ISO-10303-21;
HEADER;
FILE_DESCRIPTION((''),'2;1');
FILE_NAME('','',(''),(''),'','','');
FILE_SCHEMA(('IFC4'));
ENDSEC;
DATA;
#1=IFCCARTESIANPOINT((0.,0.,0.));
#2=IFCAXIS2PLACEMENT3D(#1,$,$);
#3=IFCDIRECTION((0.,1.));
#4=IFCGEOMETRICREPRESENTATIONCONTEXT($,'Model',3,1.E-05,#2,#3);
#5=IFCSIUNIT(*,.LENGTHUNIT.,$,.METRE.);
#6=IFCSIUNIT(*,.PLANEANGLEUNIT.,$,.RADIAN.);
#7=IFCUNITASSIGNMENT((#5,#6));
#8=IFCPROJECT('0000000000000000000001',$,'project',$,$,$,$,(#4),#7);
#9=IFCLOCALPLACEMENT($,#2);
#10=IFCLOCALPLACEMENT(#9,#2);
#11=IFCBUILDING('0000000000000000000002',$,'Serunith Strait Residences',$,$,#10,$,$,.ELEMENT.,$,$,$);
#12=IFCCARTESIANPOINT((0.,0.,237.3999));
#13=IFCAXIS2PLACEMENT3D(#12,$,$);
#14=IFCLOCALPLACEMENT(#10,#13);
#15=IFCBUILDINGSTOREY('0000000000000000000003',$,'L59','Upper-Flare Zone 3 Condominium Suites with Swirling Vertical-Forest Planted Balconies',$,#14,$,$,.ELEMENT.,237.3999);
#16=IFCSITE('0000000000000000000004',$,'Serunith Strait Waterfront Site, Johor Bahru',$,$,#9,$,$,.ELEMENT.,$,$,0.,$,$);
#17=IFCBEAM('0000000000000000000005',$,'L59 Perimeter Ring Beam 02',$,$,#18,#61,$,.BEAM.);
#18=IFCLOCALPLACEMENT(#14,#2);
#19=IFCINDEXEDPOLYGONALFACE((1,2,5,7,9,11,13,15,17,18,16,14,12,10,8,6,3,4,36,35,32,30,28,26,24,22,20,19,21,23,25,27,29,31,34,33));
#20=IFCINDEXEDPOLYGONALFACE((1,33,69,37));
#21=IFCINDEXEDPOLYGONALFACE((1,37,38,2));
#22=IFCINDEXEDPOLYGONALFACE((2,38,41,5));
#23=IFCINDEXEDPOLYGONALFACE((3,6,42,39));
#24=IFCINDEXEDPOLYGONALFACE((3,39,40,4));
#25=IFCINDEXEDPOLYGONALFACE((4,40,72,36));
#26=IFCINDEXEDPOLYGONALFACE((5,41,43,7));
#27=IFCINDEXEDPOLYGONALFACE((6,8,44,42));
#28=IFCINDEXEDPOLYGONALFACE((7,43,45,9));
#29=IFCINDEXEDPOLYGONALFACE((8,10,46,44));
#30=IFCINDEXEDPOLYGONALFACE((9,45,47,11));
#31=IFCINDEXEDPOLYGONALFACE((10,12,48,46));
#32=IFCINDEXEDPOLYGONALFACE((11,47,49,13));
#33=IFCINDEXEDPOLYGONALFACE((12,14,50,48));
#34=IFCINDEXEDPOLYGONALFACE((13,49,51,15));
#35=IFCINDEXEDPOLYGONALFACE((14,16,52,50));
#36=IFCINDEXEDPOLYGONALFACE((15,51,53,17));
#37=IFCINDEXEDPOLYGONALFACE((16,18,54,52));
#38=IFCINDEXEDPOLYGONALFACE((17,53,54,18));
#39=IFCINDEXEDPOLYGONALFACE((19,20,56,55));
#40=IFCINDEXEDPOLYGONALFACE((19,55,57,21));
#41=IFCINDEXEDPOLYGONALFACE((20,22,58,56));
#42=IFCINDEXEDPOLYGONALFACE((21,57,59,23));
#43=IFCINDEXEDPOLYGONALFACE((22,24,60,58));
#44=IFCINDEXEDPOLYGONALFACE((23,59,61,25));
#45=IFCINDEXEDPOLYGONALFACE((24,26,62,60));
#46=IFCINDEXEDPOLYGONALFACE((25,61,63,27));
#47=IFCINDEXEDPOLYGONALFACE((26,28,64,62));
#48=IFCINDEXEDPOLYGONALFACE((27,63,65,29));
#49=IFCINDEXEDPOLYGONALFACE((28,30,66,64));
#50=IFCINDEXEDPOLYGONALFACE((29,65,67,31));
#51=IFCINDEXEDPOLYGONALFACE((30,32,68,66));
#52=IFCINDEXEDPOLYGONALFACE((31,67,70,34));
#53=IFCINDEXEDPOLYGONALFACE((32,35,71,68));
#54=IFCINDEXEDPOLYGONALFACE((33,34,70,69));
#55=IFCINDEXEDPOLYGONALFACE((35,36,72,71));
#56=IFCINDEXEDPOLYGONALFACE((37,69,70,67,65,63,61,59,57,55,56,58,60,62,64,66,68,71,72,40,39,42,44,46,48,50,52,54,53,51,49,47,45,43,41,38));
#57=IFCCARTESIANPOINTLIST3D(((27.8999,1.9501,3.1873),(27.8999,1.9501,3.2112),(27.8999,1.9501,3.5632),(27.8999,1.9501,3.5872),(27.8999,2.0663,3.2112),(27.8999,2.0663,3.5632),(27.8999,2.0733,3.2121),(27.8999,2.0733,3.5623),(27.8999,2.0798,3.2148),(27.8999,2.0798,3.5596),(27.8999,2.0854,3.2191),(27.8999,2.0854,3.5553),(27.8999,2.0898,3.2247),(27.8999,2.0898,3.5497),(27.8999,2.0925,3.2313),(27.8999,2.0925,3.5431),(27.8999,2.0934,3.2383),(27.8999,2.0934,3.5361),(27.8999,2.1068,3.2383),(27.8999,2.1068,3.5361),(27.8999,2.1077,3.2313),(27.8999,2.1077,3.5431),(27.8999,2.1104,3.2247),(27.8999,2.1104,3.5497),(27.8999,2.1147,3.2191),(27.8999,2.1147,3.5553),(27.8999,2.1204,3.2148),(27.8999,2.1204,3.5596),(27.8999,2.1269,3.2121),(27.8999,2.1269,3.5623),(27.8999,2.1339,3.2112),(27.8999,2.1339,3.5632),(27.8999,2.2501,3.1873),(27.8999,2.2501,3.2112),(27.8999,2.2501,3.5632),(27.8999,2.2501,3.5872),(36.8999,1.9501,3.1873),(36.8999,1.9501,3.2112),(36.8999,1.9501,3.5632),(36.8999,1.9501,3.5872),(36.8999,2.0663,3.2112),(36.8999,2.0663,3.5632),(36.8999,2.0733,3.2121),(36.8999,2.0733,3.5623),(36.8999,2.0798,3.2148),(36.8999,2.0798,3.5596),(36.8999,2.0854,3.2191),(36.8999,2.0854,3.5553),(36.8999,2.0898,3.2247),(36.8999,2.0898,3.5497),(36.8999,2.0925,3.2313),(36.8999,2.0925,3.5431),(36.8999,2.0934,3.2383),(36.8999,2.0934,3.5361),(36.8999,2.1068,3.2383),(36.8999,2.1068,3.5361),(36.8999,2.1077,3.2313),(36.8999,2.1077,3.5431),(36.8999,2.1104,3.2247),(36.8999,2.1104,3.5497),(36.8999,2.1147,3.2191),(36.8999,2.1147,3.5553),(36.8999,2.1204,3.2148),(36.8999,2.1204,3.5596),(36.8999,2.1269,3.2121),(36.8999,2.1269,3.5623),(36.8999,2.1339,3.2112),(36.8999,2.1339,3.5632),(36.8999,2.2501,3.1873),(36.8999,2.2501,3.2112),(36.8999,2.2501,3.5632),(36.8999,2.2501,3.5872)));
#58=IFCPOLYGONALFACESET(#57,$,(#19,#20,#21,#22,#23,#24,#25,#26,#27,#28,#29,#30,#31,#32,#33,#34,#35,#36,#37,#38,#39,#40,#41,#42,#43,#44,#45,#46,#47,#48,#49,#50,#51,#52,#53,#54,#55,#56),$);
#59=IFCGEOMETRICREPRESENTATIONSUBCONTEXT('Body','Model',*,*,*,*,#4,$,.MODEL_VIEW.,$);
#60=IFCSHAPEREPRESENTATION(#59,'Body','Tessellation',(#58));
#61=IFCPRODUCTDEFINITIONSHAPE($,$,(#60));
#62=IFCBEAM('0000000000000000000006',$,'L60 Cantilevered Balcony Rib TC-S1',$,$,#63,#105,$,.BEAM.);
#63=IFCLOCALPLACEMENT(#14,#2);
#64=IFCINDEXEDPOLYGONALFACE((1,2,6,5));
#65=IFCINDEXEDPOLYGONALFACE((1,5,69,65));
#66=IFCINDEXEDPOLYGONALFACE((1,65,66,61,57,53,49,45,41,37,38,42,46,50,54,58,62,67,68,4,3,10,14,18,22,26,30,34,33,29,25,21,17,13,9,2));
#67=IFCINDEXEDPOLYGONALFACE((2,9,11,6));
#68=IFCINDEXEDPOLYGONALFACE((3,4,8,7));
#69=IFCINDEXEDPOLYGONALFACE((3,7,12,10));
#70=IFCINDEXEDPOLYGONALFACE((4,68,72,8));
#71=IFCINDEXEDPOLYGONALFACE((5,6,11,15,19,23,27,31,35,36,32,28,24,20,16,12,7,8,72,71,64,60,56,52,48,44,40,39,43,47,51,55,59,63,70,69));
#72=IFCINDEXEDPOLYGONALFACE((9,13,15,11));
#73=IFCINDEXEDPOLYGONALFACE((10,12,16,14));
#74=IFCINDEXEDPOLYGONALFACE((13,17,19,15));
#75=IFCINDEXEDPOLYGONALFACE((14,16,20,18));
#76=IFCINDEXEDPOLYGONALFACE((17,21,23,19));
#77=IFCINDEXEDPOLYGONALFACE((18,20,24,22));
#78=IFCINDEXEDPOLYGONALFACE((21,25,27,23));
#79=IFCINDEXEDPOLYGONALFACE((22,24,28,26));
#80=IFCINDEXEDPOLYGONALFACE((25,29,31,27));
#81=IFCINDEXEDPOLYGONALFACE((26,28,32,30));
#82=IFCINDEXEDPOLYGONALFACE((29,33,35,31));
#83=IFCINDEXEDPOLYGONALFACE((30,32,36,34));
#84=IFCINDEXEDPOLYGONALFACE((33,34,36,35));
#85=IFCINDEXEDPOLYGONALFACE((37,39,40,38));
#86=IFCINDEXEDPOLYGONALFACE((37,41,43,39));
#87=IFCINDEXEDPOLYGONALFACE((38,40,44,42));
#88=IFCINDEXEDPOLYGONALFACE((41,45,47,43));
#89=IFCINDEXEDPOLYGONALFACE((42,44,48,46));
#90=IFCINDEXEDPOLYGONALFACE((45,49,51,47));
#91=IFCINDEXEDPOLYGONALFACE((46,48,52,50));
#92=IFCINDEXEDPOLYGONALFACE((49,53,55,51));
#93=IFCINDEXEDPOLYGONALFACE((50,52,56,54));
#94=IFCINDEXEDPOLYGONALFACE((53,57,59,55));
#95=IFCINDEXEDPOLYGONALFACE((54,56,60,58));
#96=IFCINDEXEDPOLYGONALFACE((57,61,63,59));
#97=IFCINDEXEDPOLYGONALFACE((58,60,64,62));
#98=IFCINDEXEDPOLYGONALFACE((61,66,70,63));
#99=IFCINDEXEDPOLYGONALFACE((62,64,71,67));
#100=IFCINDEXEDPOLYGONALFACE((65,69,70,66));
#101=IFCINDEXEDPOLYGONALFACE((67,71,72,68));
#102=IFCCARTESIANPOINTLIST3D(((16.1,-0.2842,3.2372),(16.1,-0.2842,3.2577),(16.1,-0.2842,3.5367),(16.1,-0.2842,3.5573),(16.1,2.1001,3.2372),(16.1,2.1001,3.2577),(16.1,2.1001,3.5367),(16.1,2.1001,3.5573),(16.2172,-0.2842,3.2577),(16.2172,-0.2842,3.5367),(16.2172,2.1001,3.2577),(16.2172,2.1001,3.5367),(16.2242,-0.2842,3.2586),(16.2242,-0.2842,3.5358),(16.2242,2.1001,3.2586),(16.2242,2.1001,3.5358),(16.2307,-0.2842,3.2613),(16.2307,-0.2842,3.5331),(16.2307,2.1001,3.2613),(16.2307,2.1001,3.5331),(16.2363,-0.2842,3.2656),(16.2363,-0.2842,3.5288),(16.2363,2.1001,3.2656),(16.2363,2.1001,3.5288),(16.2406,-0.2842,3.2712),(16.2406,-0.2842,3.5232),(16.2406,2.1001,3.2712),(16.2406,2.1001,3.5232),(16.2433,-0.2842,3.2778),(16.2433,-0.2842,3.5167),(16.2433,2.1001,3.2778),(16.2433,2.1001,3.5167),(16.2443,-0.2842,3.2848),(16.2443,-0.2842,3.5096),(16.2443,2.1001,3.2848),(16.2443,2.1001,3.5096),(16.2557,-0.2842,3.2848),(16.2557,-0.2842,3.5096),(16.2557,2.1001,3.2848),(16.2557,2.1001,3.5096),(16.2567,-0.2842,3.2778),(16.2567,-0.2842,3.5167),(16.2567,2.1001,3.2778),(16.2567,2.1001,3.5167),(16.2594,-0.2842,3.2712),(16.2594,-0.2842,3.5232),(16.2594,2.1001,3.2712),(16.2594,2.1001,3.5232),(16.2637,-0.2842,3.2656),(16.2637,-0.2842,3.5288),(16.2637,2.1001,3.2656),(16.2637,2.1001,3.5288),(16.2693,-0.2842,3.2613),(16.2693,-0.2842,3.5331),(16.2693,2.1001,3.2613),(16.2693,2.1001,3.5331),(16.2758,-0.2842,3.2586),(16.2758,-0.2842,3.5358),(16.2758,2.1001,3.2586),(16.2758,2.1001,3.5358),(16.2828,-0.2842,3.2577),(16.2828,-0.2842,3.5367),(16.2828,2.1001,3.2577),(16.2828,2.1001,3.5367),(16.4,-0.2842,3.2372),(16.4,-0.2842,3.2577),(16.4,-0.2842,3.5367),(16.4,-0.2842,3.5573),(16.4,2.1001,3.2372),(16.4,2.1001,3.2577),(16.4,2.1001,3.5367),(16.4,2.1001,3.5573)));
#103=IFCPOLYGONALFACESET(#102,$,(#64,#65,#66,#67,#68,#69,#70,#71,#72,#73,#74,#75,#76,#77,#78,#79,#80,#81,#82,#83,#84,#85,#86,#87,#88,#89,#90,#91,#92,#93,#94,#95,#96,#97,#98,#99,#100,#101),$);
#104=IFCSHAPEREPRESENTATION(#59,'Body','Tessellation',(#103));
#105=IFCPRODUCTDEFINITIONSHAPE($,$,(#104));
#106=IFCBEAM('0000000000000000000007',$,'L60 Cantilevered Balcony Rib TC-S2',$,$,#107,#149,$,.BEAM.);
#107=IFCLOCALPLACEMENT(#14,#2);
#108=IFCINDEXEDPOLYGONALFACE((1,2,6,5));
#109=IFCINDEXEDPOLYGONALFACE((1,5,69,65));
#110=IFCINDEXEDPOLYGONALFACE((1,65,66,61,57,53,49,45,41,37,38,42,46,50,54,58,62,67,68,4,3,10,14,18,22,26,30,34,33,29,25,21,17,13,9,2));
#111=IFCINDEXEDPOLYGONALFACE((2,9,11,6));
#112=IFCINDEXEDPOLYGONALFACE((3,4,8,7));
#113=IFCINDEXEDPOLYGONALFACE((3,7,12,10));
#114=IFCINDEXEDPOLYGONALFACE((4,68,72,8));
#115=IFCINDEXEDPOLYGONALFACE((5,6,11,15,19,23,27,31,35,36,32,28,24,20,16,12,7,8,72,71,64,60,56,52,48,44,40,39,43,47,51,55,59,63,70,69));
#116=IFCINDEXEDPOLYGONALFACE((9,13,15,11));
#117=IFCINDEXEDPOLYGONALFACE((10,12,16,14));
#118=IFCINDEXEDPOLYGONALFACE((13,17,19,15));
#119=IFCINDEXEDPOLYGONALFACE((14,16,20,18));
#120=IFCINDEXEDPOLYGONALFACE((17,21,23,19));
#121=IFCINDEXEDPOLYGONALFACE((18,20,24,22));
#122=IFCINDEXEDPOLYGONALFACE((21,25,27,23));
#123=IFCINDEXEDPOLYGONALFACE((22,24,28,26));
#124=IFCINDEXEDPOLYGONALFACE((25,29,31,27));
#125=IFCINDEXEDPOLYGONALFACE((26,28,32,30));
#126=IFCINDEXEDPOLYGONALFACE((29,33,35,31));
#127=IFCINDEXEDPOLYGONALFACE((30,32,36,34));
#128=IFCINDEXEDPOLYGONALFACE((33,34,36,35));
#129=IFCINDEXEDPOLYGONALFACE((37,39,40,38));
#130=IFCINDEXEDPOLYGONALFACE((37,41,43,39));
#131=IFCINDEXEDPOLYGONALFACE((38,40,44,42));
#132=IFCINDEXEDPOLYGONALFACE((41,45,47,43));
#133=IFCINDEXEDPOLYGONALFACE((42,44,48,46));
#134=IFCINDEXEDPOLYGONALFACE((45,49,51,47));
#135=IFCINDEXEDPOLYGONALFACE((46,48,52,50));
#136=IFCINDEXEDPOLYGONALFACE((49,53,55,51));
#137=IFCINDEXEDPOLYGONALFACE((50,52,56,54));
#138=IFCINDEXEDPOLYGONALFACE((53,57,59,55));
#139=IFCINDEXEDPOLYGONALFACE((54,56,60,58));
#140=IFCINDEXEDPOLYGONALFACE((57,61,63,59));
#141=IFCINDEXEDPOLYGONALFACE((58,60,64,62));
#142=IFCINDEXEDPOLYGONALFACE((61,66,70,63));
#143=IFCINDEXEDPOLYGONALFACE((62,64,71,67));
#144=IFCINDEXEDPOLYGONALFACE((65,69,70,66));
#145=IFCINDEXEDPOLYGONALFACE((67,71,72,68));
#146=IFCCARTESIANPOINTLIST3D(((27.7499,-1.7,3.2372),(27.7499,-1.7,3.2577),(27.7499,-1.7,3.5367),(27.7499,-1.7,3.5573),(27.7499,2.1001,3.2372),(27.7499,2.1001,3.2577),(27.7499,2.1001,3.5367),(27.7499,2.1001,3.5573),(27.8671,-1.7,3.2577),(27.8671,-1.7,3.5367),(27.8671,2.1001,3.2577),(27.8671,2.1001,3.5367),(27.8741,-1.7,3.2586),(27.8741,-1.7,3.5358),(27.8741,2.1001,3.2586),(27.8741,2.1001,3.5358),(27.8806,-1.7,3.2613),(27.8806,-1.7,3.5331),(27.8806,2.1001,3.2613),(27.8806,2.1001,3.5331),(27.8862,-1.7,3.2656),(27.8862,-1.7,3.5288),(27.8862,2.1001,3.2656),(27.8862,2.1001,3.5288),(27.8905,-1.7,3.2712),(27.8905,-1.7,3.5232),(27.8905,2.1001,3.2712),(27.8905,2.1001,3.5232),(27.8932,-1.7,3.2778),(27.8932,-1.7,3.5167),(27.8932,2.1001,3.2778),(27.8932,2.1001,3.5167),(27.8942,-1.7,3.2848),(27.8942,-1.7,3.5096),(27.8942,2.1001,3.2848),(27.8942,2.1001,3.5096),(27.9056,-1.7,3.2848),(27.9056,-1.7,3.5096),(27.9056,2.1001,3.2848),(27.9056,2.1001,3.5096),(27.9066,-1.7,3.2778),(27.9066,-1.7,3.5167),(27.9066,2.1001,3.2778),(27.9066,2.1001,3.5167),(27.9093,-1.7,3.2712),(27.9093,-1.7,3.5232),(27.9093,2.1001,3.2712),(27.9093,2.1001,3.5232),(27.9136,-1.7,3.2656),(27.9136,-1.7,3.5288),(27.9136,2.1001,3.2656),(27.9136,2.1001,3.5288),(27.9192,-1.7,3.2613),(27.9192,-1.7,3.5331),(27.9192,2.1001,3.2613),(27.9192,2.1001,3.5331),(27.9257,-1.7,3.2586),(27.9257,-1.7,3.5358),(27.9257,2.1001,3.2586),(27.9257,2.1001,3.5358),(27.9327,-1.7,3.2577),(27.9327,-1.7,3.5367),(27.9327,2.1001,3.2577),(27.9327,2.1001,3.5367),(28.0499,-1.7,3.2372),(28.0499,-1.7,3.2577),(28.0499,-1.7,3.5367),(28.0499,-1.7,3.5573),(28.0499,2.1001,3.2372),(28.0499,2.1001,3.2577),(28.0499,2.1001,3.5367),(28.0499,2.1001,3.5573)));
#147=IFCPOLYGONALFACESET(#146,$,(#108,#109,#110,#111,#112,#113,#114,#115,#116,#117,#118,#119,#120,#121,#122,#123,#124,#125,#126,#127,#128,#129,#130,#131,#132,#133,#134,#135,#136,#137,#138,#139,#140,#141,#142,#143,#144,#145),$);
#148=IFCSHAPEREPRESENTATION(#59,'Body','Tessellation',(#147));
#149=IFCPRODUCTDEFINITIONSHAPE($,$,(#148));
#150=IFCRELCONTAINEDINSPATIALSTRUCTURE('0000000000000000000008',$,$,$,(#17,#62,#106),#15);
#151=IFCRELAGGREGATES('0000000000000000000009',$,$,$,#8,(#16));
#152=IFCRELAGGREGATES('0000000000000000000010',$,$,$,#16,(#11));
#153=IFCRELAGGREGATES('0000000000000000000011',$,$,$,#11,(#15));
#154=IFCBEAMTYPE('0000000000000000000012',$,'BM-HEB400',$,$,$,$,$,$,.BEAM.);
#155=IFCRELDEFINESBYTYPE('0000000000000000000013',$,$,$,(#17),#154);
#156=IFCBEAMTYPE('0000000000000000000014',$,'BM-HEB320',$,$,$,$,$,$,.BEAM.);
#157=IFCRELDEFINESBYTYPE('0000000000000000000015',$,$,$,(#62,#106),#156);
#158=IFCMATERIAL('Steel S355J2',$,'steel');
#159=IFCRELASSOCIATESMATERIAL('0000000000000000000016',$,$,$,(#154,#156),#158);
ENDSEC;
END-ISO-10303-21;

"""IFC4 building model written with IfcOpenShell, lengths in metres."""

from ifc_helpers import new_model, si_unit, direction, frame, origin, origin_2d, place, context, subcontext, project, spatial, i_section, extrude, source, transform, mapped, material, material_profile, profile_set, type_object, element, save


model = new_model("IFC4")

# Units and contexts
model_context = context("Model", 3, precision=1e-05, world=origin(), true_north=direction((0.0, 1.0)))
body_context = subcontext(model_context, "Body", "Model", "MODEL_VIEW")
ifc_project = project(units=[si_unit("LENGTHUNIT", "METRE"), si_unit("PLANEANGLEUNIT", "RADIAN")], contexts=[model_context])

# Site, building, storey
site_placement = place(None, origin())
site = spatial("IfcSite", under=ifc_project, at=site_placement, Name="Serunith Strait Waterfront Site, Johor Bahru", CompositionType="ELEMENT", RefElevation=0.0)
building_placement = place(site_placement, origin())
building = spatial("IfcBuilding", under=site, at=building_placement, Name="Serunith Strait Residences", CompositionType="ELEMENT")
storey_placement = place(building_placement, frame((0.0, 0.0, 237.3999)))
storey = spatial("IfcBuildingStorey", under=building, at=storey_placement, Name="L59", Description="Upper-Flare Zone 3 Condominium Suites with Swirling Vertical-Forest Planted Balconies", CompositionType="ELEMENT", Elevation=237.3999)

# Beams
ifc_material_1 = material(Name="Steel S355J2", Category="steel")
ifc_material_profile_1 = material_profile(ifc_material_1, i_section(OverallWidth=0.3, OverallDepth=0.3999, WebThickness=0.0134, FlangeThickness=0.0239, FilletRadius=0.0271, at=origin_2d()), Name="HEB 400")
ifc_profile_set_1 = profile_set([ifc_material_profile_1], Name="Steel S355J2")
beam_type_1 = type_object("IfcBeamType", Name="BM-HEB400", PredefinedType="BEAM", material=ifc_profile_set_1)
shared_shape_1 = source(origin(), body_context, "Body", "SweptSolid", [
    extrude(i_section(OverallWidth=0.3, OverallDepth=0.3999, WebThickness=0.0134, FlangeThickness=0.0239, FilletRadius=0.0271, at=origin_2d()), origin(), (0.0, 0.0, 1.0), 9.0),
])
beam_1_placement = place(storey_placement, frame((27.8999, 2.1001, 3.3872), z_axis=(1.0, 0.0, 0.0), x_axis=(0.0, 1.0, 0.0)))
element("IfcBeam", 1, at=beam_1_placement, inside=storey, type_object=beam_type_1, Name="L59 Perimeter Ring Beam 02", PredefinedType="BEAM", context=body_context, shape_type="MappedRepresentation", body=[
    mapped(shared_shape_1, transform((0.0, 0.0, 0.0), scale=1.0)),
])
ifc_material_profile_2 = material_profile(ifc_material_1, i_section(OverallWidth=0.3, OverallDepth=0.3201, WebThickness=0.0115, FlangeThickness=0.0205, FilletRadius=0.0271, at=origin_2d()), Name="HEB 320")
ifc_profile_set_2 = profile_set([ifc_material_profile_2], Name="Steel S355J2")
beam_type_2 = type_object("IfcBeamType", Name="BM-HEB320", PredefinedType="BEAM", material=ifc_profile_set_2)
shared_shape_2 = source(origin(), body_context, "Body", "SweptSolid", [
    extrude(i_section(OverallWidth=0.3, OverallDepth=0.3201, WebThickness=0.0115, FlangeThickness=0.0205, FilletRadius=0.0271, at=origin_2d()), origin(), (0.0, 0.0, 1.0), 2.3843),
])
beam_2_placement = place(storey_placement, frame((16.25, 2.1001, 3.3972), z_axis=(0.0, -1.0, 0.0), x_axis=(1.0, 0.0, 0.0)))
element("IfcBeam", 2, at=beam_2_placement, inside=storey, type_object=beam_type_2, Name="L60 Cantilevered Balcony Rib TC-S1", PredefinedType="BEAM", context=body_context, shape_type="MappedRepresentation", body=[
    mapped(shared_shape_2, transform((0.0, 0.0, 0.0), scale=1.0)),
])
shared_shape_3 = source(origin(), body_context, "Body", "SweptSolid", [
    extrude(i_section(OverallWidth=0.3, OverallDepth=0.3201, WebThickness=0.0115, FlangeThickness=0.0205, FilletRadius=0.0271, at=origin_2d()), origin(), (0.0, 0.0, 1.0), 3.8),
])
beam_3_placement = place(storey_placement, frame((27.8999, 2.1001, 3.3972), z_axis=(0.0, -1.0, 0.0), x_axis=(1.0, 0.0, 0.0)))
element("IfcBeam", 3, at=beam_3_placement, inside=storey, type_object=beam_type_2, Name="L60 Cantilevered Balcony Rib TC-S2", PredefinedType="BEAM", context=body_context, shape_type="MappedRepresentation", body=[
    mapped(shared_shape_3, transform((0.0, 0.0, 0.0), scale=1.0)),
])

save(model, "model.ifc")
